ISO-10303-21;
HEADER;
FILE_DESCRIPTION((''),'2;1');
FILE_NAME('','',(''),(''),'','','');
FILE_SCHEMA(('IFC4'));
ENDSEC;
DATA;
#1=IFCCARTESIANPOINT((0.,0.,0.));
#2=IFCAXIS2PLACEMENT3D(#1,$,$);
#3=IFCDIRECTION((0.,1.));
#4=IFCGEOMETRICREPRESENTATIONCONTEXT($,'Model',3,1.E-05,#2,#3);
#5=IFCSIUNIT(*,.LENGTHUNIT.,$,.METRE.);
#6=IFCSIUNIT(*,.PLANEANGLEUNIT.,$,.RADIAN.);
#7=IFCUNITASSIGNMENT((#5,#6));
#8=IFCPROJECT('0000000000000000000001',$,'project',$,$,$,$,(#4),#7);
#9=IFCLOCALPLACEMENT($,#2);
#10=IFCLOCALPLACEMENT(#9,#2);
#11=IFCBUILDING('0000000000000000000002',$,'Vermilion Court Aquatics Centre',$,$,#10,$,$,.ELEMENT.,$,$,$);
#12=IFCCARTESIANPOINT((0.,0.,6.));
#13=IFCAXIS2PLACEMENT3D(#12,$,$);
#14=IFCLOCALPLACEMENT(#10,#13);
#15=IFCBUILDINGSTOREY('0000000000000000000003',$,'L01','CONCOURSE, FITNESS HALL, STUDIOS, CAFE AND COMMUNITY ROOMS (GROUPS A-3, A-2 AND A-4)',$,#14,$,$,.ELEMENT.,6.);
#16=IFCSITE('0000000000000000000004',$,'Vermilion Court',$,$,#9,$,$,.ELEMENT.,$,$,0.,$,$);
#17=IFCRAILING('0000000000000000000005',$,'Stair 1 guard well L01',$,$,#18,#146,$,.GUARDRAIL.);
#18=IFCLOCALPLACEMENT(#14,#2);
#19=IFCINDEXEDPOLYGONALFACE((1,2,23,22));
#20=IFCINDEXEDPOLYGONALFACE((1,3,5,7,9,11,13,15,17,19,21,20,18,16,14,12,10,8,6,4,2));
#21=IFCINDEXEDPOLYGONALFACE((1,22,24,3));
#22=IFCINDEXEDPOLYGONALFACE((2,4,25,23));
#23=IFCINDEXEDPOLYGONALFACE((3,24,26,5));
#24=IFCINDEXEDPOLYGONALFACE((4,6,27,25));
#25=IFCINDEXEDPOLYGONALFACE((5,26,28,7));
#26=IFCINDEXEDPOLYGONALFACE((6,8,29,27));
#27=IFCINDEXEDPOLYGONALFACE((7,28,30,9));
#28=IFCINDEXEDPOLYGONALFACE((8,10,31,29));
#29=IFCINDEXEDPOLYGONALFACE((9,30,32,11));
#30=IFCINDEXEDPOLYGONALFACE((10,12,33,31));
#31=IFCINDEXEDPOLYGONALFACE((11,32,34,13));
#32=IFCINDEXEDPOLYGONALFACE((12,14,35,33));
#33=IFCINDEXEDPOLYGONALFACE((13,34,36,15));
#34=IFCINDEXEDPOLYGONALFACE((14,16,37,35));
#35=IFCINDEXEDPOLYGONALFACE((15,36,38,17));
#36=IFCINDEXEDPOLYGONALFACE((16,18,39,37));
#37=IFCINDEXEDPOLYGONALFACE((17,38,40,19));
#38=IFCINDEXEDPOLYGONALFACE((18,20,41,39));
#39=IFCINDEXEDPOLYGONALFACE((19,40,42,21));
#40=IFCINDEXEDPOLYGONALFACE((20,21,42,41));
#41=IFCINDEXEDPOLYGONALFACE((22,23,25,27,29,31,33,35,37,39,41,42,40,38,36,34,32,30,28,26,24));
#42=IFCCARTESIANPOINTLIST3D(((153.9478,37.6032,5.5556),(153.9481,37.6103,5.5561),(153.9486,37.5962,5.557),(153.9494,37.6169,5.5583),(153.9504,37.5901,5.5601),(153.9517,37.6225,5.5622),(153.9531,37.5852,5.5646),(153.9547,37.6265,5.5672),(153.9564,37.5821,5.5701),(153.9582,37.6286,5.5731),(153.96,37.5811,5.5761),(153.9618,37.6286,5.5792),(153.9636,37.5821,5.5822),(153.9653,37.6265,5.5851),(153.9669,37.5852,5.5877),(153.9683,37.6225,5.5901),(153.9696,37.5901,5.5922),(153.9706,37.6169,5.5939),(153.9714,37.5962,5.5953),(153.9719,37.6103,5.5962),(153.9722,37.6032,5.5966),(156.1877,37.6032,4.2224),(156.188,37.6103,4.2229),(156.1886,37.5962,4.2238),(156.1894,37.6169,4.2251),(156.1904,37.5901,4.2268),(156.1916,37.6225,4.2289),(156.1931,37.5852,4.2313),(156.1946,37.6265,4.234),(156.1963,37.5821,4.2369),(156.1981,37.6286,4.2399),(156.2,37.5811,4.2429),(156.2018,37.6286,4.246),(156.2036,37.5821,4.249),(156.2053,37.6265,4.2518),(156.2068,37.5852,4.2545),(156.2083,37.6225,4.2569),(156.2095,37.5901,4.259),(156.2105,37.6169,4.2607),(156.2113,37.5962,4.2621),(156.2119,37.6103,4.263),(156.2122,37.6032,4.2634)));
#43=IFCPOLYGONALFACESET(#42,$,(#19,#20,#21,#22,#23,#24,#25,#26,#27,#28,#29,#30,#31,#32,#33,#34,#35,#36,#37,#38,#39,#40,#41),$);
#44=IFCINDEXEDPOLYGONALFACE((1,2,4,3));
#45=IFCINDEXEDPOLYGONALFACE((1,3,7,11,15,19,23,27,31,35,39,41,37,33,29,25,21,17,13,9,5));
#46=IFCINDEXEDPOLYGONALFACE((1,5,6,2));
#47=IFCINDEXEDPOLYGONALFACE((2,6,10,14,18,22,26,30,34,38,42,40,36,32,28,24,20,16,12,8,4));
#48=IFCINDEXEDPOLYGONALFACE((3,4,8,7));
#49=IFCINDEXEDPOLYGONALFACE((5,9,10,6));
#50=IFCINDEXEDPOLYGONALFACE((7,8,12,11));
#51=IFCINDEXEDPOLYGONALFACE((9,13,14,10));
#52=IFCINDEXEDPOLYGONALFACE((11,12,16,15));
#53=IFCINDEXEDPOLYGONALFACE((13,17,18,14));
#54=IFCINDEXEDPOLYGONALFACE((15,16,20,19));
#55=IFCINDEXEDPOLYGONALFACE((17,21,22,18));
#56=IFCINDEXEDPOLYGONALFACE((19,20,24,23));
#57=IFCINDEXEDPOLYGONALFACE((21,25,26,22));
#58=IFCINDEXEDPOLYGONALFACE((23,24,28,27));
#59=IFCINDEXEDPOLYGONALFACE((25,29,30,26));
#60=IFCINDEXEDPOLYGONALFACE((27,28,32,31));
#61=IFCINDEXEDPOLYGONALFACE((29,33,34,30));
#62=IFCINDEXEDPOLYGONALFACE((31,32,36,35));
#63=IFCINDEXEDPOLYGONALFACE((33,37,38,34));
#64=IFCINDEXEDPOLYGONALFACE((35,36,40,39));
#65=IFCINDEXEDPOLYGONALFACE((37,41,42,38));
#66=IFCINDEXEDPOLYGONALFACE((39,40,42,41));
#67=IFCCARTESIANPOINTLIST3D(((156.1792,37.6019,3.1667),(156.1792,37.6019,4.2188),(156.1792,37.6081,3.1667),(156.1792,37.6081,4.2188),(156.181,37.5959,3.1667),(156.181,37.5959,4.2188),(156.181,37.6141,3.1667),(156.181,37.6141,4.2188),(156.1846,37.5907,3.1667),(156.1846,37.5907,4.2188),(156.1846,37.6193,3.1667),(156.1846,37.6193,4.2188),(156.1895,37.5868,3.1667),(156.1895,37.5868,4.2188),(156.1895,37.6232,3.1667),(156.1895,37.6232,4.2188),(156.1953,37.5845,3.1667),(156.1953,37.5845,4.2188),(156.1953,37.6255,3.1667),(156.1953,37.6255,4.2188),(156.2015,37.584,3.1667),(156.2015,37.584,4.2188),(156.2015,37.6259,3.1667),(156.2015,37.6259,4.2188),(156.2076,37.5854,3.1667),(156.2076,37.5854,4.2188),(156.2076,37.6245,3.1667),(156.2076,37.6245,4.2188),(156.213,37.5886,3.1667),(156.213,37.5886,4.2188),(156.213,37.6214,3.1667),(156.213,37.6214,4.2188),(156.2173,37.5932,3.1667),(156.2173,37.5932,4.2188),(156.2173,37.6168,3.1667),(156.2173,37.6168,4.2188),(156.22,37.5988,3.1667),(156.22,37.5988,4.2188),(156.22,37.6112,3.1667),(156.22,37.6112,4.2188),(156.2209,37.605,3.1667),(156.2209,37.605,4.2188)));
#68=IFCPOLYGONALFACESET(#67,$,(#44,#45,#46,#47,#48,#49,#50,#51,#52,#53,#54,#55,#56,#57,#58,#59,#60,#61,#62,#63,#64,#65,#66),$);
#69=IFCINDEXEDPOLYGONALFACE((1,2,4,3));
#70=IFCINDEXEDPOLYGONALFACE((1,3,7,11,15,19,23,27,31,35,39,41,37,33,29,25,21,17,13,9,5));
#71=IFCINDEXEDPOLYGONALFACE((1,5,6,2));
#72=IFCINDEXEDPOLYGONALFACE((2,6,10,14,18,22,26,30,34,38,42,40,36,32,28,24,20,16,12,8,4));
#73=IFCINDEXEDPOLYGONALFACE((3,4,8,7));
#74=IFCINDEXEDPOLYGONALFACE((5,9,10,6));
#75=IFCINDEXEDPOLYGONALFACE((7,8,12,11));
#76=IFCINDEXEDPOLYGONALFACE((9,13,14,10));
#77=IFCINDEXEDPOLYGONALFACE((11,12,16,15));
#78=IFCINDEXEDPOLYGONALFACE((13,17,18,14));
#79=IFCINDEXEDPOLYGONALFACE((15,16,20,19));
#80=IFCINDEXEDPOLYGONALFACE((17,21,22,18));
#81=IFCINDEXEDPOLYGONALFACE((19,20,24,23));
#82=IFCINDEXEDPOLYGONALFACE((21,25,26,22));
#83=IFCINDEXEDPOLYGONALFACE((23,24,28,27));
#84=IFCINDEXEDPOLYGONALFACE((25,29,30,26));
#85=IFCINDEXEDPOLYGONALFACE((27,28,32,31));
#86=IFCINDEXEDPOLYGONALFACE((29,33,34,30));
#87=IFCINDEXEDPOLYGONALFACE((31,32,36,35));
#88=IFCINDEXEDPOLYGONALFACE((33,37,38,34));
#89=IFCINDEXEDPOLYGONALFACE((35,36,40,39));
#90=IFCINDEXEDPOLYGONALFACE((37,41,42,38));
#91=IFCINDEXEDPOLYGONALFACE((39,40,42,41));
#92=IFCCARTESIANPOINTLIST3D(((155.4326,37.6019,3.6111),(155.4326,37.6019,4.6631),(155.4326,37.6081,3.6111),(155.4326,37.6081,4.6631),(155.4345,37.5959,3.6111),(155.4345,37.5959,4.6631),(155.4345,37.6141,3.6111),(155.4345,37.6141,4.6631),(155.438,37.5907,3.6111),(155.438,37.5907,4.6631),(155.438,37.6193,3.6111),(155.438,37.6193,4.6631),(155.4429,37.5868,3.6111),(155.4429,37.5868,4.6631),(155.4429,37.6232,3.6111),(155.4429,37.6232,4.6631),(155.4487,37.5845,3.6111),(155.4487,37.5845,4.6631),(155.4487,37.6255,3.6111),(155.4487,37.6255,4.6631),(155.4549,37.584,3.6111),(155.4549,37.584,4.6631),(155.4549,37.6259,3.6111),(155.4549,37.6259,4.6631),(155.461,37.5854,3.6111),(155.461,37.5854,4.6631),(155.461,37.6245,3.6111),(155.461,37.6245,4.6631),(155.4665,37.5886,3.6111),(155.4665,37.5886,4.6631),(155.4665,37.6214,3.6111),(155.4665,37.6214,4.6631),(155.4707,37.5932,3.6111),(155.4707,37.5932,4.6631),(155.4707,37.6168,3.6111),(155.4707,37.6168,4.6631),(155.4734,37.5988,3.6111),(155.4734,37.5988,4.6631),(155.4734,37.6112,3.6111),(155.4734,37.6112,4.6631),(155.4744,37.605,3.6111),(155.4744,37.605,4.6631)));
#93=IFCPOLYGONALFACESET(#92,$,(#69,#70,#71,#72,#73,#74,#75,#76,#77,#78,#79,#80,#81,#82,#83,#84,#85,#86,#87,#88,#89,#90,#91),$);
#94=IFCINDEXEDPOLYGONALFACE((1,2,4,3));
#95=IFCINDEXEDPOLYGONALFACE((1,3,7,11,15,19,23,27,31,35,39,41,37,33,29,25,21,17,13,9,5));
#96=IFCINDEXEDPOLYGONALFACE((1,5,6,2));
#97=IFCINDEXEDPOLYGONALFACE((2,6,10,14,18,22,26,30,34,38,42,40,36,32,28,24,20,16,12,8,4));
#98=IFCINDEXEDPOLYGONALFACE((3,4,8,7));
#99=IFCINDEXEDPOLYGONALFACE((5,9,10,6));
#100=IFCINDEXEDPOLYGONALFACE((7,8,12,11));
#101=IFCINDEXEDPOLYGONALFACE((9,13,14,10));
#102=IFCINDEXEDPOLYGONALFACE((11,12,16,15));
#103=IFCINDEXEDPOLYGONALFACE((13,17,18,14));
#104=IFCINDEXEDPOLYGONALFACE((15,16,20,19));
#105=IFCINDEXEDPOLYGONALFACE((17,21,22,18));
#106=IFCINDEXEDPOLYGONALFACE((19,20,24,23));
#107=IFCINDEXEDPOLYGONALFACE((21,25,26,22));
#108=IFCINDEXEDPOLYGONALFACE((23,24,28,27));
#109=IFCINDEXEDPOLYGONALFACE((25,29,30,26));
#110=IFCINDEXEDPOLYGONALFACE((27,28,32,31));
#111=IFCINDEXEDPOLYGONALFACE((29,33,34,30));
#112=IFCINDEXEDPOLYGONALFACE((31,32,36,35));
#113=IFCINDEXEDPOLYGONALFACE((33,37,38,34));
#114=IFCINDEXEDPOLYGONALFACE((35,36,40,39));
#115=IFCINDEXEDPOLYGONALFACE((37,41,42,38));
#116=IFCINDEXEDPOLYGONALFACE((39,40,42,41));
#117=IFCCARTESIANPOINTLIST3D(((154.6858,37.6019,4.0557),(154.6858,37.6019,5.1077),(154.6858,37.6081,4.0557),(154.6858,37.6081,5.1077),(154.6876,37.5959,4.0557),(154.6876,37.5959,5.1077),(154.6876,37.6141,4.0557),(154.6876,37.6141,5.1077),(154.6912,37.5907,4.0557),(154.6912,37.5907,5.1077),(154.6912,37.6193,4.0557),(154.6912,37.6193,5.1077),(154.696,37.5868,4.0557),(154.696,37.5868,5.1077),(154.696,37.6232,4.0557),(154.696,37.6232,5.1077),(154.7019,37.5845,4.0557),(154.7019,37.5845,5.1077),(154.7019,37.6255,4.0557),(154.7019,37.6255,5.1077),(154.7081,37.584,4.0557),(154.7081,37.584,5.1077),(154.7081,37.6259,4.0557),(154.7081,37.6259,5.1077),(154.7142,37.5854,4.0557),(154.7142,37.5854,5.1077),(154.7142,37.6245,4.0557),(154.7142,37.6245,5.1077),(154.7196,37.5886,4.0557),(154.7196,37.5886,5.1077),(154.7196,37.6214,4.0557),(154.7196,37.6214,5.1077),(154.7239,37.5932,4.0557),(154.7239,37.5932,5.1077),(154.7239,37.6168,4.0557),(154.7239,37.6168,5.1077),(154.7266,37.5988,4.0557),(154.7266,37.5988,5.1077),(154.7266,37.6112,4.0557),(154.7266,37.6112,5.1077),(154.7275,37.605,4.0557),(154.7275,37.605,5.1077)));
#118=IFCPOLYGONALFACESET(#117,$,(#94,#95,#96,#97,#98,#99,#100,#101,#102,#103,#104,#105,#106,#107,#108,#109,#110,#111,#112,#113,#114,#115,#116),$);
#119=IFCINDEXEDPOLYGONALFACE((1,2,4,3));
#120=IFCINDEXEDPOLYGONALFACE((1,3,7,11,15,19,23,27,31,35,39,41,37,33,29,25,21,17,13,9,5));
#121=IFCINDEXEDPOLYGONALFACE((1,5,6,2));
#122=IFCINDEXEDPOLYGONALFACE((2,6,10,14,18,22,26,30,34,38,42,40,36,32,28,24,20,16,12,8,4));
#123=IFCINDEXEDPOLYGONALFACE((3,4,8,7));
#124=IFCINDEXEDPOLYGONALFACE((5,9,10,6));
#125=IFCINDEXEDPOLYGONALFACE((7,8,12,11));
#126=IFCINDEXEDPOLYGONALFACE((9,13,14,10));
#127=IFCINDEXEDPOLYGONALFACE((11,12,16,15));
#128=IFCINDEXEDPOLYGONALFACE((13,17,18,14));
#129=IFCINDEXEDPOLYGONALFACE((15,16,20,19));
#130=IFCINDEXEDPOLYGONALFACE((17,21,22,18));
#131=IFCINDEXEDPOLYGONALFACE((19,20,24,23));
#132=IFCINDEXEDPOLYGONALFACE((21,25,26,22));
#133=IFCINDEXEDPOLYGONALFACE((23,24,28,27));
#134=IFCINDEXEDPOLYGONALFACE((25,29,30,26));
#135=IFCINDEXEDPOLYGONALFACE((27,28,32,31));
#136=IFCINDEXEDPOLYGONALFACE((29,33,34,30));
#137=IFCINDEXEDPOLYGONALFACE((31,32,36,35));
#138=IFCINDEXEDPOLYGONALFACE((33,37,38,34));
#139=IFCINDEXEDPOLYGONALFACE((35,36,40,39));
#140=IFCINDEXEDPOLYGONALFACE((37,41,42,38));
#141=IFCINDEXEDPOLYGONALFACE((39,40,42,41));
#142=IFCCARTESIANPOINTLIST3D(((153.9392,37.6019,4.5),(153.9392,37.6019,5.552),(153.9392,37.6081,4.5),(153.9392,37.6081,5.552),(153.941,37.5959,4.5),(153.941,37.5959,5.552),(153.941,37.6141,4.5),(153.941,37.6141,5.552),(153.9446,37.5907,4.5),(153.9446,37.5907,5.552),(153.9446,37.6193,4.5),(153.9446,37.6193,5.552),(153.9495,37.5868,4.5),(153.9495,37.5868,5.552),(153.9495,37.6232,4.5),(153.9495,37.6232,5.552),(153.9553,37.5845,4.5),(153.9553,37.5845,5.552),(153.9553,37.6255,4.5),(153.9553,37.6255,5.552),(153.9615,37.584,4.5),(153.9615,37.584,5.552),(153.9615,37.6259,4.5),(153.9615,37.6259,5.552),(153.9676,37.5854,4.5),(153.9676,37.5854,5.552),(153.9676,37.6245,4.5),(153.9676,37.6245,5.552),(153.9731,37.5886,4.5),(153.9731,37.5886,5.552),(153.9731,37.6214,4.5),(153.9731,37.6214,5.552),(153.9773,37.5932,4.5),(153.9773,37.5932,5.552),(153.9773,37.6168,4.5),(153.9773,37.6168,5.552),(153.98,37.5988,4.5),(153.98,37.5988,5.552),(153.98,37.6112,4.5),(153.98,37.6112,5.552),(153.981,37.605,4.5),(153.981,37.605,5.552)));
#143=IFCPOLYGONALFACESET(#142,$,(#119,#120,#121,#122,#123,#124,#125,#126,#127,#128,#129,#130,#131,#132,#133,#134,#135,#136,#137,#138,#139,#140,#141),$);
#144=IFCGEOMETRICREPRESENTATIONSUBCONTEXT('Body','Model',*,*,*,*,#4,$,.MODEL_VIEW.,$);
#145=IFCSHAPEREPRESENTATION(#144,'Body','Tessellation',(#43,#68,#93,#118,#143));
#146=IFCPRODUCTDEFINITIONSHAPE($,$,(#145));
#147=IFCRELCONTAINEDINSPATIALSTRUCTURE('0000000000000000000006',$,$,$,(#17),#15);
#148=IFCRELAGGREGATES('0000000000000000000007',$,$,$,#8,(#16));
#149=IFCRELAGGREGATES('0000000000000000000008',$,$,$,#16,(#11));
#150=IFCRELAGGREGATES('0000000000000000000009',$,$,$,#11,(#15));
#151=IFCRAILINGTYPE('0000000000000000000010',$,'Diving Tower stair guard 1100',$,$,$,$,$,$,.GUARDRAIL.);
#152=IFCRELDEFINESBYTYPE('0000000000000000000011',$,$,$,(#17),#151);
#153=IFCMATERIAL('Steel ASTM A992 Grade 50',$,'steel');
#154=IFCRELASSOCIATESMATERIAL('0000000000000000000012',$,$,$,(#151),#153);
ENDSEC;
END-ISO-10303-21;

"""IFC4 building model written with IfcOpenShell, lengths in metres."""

from ifc_helpers import new_model, si_unit, direction, frame, origin, origin_2d, place, context, subcontext, project, spatial, circle, extrude, material, type_object, element, save


model = new_model("IFC4")

# Units and contexts
model_context = context("Model", 3, precision=1e-05, world=origin(), true_north=direction((0.0, 1.0)))
body_context = subcontext(model_context, "Body", "Model", "MODEL_VIEW")
ifc_project = project(units=[si_unit("LENGTHUNIT", "METRE"), si_unit("PLANEANGLEUNIT", "RADIAN")], contexts=[model_context])

# Site, building, storey
site_placement = place(None, origin())
site = spatial("IfcSite", under=ifc_project, at=site_placement, Name="Vermilion Court", CompositionType="ELEMENT", RefElevation=0.0)
building_placement = place(site_placement, origin())
building = spatial("IfcBuilding", under=site, at=building_placement, Name="Vermilion Court Aquatics Centre", CompositionType="ELEMENT")
storey_placement = place(building_placement, frame((0.0, 0.0, 6.0)))
storey = spatial("IfcBuildingStorey", under=building, at=storey_placement, Name="L01", Description="CONCOURSE, FITNESS HALL, STUDIOS, CAFE AND COMMUNITY ROOMS (GROUPS A-3, A-2 AND A-4)", CompositionType="ELEMENT", Elevation=6.0)

# Railing
ifc_material_1 = material(Name="Steel ASTM A992 Grade 50", Category="steel")
railing_type_1 = type_object("IfcRailingType", Name="Diving Tower stair guard 1100", PredefinedType="GUARDRAIL", material=ifc_material_1)
for number, where, name in (
    (1, (156.2, 37.605, 3.1667), "Stair 1 guard well L01"),
):
    element("IfcRailing", number, at=place(storey_placement, frame(where)), inside=storey, type_object=railing_type_1, Name=name, PredefinedType="GUARDRAIL", context=body_context, shape_type="SweptSolid", body=[
        extrude(circle(Radius=0.0239, at=origin_2d()), frame((0.0, 0.0, 1.0762), z_axis=(-0.859306, 0.0, 0.511462), x_axis=(0.0, -1.0, 0.0)), (0.0, 0.0, 1.0), 2.6067),
        extrude(circle(Radius=0.021, at=origin_2d()), origin(), (0.0, 0.0, 1.0), 1.052),
        extrude(circle(Radius=0.021, at=origin_2d()), frame((-0.7466, 0.0, 0.4443)), (0.0, 0.0, 1.0), 1.052),
        extrude(circle(Radius=0.021, at=origin_2d()), frame((-1.4934, 0.0, 0.8889)), (0.0, 0.0, 1.0), 1.052),
        extrude(circle(Radius=0.021, at=origin_2d()), frame((-2.24, 0.0, 1.3333)), (0.0, 0.0, 1.0), 1.052),
    ])

save(model, "model.ifc")
